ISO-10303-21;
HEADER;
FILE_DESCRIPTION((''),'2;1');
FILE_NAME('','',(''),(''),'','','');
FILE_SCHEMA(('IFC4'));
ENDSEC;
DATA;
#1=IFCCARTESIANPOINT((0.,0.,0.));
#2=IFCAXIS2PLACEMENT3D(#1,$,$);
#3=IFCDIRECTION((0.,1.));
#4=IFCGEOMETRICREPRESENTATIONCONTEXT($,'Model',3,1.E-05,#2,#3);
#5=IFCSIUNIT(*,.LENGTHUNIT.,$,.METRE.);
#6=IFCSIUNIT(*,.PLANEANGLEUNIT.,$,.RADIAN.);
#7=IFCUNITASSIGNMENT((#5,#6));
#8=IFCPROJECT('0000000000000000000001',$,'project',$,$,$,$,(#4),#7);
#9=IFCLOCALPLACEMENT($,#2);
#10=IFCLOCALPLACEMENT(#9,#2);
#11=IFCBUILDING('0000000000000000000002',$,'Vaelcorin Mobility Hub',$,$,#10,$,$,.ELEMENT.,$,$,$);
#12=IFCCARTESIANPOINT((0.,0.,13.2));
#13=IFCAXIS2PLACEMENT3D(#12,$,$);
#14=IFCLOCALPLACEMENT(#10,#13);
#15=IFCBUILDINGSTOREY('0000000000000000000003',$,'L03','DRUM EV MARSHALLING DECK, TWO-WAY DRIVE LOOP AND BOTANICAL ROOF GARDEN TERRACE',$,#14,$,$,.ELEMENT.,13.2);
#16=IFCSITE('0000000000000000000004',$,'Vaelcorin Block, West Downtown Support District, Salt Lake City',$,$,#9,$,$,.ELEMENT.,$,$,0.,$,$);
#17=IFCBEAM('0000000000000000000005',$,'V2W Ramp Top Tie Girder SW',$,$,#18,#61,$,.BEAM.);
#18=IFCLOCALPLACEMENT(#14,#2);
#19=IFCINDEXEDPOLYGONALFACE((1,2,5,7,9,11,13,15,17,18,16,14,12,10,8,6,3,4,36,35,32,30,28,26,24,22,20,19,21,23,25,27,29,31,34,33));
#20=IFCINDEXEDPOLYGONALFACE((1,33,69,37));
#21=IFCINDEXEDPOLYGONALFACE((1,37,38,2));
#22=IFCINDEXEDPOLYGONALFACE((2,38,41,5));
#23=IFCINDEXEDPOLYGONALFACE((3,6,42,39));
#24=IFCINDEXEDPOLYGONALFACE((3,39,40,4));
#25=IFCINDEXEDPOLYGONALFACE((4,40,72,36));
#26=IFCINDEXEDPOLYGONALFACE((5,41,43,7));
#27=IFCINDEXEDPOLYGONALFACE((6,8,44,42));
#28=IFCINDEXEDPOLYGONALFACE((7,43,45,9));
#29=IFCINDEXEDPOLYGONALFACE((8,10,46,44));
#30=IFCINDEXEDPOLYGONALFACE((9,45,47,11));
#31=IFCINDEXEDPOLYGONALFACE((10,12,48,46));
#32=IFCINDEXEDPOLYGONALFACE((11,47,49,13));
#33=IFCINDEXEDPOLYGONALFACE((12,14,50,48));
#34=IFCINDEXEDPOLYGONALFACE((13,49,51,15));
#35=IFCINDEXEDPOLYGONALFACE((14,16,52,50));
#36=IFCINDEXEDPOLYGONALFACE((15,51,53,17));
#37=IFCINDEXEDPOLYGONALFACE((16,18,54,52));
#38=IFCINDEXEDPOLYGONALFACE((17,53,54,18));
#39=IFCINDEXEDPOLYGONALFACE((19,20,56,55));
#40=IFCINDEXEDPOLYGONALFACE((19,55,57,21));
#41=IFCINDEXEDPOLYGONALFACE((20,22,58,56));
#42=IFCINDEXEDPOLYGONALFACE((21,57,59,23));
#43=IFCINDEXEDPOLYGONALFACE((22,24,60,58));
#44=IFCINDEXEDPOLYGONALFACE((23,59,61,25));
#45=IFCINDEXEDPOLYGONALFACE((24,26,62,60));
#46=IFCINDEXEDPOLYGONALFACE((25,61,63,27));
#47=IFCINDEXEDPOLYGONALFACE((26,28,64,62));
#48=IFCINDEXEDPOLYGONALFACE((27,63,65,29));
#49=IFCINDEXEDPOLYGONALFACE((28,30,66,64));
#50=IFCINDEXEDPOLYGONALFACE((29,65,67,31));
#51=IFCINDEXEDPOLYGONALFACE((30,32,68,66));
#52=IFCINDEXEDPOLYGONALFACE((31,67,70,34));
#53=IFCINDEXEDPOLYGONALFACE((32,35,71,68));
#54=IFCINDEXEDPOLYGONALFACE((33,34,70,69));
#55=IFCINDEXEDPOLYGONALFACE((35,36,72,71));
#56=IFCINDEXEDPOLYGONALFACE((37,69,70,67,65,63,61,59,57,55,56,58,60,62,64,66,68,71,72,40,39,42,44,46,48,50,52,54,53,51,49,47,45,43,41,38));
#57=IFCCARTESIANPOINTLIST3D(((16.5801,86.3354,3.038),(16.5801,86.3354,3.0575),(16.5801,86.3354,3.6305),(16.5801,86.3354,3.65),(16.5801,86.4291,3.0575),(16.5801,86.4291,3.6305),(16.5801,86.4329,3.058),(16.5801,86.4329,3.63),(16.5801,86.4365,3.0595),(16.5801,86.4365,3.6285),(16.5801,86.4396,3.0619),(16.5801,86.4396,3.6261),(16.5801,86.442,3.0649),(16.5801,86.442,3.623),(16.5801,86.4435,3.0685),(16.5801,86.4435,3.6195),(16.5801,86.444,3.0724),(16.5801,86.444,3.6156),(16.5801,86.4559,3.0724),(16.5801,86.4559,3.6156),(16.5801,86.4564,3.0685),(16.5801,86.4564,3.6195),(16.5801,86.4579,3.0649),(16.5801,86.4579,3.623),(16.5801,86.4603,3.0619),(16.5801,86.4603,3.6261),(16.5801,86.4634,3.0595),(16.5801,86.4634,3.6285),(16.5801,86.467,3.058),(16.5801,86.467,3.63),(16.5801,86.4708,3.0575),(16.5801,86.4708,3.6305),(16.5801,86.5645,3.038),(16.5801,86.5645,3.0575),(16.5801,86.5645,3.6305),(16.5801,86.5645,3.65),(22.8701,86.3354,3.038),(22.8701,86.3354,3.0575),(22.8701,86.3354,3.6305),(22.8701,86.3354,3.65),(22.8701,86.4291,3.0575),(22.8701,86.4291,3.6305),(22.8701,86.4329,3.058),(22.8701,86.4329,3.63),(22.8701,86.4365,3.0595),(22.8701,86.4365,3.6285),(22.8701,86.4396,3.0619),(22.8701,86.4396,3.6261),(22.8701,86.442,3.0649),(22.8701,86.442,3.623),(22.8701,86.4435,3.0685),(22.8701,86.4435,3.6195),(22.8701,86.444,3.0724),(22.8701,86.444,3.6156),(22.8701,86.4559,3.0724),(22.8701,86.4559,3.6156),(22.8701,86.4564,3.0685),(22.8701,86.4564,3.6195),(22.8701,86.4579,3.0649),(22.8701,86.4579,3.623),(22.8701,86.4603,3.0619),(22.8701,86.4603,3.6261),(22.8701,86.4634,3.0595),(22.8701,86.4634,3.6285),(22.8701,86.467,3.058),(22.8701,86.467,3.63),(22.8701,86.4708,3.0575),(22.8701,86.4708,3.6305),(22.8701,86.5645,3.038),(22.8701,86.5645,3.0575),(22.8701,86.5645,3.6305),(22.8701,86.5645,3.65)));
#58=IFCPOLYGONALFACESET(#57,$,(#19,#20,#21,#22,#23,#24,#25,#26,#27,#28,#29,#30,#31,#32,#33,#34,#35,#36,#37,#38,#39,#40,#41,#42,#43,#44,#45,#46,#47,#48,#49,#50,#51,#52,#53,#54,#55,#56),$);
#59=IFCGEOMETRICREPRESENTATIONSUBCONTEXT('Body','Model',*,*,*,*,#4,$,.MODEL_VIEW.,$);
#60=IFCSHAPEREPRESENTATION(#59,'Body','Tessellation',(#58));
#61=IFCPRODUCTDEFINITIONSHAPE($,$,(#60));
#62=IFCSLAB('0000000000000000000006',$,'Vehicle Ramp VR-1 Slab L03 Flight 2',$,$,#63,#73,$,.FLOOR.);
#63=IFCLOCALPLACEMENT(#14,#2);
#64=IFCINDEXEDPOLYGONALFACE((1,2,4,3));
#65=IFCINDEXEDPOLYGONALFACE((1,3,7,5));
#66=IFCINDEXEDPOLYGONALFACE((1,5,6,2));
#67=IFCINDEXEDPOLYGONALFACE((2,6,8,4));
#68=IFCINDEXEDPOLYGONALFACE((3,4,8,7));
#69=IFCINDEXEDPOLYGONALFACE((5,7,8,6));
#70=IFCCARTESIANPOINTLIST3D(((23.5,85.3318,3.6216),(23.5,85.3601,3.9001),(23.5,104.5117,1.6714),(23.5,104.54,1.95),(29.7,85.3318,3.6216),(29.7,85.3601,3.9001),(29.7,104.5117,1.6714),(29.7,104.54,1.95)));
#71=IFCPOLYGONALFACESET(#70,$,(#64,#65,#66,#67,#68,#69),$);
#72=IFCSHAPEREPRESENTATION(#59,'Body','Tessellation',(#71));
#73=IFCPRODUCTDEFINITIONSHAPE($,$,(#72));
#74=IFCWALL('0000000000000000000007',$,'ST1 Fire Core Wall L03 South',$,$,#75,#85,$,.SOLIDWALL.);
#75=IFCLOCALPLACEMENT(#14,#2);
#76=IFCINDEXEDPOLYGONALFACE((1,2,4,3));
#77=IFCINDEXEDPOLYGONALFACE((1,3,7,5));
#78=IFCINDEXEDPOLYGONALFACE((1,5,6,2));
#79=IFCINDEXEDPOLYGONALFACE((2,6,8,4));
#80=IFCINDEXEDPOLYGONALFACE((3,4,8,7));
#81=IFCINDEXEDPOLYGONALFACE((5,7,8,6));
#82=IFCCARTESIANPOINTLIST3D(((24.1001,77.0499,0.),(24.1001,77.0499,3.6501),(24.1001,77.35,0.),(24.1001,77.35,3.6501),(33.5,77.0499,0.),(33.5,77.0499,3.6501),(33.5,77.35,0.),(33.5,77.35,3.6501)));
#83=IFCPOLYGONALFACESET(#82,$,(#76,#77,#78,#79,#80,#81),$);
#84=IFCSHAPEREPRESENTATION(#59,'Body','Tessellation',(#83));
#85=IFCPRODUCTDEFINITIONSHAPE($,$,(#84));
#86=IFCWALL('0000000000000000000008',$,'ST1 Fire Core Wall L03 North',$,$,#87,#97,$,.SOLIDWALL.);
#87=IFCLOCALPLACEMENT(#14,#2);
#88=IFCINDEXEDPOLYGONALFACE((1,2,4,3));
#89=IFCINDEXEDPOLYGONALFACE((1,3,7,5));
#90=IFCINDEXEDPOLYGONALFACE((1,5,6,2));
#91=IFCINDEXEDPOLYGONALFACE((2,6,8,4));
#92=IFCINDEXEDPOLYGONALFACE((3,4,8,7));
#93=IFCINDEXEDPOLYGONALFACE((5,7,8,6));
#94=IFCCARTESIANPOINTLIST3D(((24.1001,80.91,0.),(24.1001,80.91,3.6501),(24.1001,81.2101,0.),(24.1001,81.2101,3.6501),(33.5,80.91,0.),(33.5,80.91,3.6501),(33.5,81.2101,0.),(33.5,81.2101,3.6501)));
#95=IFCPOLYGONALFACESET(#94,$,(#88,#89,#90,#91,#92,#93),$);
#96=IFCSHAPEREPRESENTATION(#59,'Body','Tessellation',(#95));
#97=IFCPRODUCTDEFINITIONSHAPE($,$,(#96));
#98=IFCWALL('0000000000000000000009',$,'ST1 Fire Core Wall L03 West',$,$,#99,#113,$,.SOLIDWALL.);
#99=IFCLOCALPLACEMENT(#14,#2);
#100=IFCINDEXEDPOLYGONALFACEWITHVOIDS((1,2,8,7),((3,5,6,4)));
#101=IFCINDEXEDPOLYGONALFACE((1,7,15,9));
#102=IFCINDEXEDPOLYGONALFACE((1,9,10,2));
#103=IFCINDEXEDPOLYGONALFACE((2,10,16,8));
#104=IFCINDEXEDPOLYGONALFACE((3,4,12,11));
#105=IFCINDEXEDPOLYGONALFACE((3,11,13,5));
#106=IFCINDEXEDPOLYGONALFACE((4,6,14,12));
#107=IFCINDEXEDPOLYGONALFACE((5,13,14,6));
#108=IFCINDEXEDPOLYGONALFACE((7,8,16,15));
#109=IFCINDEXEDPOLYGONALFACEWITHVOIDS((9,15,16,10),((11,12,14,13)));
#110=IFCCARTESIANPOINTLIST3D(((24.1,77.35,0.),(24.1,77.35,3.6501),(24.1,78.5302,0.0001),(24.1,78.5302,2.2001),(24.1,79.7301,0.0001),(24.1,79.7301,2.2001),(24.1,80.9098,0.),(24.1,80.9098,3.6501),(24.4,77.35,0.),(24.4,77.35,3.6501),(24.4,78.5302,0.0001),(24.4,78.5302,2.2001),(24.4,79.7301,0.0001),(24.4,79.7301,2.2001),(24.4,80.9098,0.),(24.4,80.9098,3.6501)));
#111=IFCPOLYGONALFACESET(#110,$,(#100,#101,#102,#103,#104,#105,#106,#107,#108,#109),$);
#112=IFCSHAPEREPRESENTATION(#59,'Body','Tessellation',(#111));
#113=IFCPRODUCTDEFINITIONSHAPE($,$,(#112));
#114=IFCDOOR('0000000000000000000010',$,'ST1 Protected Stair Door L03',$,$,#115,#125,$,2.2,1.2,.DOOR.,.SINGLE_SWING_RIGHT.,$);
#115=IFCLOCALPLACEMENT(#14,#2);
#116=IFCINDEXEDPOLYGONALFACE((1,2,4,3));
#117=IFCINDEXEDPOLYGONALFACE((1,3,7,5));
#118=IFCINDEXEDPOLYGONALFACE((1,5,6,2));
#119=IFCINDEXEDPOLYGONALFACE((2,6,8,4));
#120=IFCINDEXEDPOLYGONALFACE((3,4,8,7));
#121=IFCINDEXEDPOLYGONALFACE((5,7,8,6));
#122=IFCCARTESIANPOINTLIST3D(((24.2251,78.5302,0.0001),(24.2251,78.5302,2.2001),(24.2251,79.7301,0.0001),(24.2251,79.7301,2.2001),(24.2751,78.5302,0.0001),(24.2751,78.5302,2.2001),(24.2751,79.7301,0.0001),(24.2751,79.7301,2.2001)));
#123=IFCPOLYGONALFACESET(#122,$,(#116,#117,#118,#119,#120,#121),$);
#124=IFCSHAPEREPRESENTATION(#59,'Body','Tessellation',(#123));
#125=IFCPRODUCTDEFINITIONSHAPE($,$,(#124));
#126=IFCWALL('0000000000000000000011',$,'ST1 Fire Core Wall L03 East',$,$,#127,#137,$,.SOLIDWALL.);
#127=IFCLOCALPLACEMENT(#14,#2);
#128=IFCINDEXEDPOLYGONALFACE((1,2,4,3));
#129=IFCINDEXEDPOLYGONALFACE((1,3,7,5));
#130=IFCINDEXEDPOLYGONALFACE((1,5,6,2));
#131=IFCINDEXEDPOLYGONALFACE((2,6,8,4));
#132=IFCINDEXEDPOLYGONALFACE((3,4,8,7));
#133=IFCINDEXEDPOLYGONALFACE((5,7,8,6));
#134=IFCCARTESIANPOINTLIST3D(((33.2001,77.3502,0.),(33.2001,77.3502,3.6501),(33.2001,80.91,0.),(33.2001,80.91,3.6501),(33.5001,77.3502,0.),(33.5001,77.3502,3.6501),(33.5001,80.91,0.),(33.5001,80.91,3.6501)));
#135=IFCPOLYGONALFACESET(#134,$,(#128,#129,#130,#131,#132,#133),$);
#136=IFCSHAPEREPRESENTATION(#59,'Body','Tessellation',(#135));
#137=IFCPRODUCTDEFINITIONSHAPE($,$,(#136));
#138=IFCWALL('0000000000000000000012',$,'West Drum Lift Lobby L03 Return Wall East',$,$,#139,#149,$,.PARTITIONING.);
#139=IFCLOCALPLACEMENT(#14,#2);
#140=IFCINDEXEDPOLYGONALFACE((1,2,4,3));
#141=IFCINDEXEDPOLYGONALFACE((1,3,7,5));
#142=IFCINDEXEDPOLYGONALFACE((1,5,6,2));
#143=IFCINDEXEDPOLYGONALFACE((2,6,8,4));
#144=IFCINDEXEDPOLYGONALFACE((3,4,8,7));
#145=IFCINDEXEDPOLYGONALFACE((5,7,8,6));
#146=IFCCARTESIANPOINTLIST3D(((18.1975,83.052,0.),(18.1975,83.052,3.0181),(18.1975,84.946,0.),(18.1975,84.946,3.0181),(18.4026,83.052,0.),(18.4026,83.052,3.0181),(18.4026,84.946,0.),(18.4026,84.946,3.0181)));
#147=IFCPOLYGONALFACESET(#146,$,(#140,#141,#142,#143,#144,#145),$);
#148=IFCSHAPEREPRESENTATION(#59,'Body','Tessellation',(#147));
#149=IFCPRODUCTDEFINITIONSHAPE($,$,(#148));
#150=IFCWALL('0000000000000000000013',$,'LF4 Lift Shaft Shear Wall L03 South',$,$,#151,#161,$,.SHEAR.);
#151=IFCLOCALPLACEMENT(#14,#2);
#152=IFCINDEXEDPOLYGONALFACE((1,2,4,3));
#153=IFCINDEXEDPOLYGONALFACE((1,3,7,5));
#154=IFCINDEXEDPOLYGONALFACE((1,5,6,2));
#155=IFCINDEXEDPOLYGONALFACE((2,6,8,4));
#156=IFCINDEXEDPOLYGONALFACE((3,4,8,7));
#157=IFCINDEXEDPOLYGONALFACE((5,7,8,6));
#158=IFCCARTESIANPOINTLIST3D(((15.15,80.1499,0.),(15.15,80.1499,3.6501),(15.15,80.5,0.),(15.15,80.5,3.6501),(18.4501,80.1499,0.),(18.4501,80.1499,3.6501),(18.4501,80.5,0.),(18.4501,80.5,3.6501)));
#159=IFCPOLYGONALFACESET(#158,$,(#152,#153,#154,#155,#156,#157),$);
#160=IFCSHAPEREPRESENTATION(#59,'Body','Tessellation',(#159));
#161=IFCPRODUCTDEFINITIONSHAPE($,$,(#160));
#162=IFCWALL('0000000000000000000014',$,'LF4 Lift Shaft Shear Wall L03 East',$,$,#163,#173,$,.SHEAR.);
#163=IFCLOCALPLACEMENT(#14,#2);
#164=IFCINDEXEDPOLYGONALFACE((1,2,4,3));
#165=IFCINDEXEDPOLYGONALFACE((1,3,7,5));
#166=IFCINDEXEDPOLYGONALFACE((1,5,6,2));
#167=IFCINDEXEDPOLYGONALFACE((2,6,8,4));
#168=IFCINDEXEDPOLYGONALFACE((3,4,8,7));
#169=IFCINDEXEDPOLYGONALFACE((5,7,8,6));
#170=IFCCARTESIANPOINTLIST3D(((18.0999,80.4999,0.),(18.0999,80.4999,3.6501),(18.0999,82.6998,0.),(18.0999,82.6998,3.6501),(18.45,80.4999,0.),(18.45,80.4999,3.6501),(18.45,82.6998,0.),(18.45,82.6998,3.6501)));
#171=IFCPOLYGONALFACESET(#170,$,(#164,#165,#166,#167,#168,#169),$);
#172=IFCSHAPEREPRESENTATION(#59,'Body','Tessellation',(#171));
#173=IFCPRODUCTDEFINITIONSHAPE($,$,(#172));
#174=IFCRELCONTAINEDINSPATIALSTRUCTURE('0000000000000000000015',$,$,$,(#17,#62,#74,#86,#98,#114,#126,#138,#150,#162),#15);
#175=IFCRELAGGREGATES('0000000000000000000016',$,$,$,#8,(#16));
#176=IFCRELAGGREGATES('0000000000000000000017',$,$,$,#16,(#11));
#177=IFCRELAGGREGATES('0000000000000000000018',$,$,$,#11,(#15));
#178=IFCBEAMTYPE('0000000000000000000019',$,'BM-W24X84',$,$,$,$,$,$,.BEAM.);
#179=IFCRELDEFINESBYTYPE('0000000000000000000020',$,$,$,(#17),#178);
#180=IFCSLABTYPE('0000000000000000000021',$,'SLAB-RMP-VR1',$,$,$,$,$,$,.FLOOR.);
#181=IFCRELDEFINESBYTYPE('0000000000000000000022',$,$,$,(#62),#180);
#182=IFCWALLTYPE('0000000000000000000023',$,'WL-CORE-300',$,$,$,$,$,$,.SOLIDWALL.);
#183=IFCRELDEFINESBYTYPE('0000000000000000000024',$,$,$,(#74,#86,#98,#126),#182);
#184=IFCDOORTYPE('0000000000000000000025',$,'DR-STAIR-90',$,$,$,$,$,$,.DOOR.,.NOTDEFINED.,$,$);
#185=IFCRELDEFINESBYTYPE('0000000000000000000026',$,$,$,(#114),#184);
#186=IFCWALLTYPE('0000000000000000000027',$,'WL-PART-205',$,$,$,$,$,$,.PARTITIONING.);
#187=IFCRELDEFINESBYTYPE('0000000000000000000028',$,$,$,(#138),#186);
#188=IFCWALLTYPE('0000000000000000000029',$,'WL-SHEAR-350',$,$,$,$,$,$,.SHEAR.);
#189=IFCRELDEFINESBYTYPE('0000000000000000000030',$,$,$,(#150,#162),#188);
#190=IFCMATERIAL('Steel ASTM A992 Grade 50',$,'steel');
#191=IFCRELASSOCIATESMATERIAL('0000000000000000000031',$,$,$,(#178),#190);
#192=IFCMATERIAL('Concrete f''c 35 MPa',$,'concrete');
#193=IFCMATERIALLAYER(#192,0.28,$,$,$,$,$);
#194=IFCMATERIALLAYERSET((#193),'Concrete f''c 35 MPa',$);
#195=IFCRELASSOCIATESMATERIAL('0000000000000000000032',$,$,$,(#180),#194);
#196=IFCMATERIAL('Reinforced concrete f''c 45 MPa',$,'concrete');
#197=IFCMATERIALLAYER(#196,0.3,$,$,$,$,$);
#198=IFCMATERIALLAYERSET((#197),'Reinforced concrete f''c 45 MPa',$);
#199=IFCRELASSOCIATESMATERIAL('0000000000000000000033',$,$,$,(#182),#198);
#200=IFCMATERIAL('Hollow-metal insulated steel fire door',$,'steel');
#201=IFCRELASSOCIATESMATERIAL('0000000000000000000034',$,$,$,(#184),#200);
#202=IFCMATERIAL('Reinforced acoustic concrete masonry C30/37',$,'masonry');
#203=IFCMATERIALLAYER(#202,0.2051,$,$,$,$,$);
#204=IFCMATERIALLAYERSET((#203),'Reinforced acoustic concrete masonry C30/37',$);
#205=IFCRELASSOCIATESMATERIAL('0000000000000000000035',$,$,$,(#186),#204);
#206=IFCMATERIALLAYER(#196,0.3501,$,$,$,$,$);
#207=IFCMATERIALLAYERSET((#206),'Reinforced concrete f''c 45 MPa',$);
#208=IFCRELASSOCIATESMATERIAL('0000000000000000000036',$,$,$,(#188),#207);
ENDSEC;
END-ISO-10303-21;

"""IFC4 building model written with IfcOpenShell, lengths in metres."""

from ifc_helpers import new_model, si_unit, direction, frame, frame_2d, origin, origin_2d, place, context, subcontext, project, spatial, polyline, rectangle, i_section, outline, extrude, material, layer, layer_set, material_profile, profile_set, type_object, element, fill, save


model = new_model("IFC4")

# Units and contexts
model_context = context("Model", 3, precision=1e-05, world=origin(), true_north=direction((0.0, 1.0)))
body_context = subcontext(model_context, "Body", "Model", "MODEL_VIEW")
ifc_project = project(units=[si_unit("LENGTHUNIT", "METRE"), si_unit("PLANEANGLEUNIT", "RADIAN")], contexts=[model_context])

# Site, building, storey
site_placement = place(None, origin())
site = spatial("IfcSite", under=ifc_project, at=site_placement, Name="Vaelcorin Block, West Downtown Support District, Salt Lake City", CompositionType="ELEMENT", RefElevation=0.0)
building_placement = place(site_placement, origin())
building = spatial("IfcBuilding", under=site, at=building_placement, Name="Vaelcorin Mobility Hub", CompositionType="ELEMENT")
storey_placement = place(building_placement, frame((0.0, 0.0, 13.2)))
storey = spatial("IfcBuildingStorey", under=building, at=storey_placement, Name="L03", Description="DRUM EV MARSHALLING DECK, TWO-WAY DRIVE LOOP AND BOTANICAL ROOF GARDEN TERRACE", CompositionType="ELEMENT", Elevation=13.2)

# Shared definitions
ifc_material_1 = material(Name="Steel ASTM A992 Grade 50", Category="steel")

# Beam
ifc_material_profile_1 = material_profile(ifc_material_1, i_section(OverallWidth=0.229, OverallDepth=0.6121, WebThickness=0.012, FlangeThickness=0.0195, FilletRadius=0.0149, at=origin_2d()), Name="W24X84")
ifc_profile_set_1 = profile_set([ifc_material_profile_1], Name="Steel ASTM A992 Grade 50")
beam_type_1 = type_object("IfcBeamType", Name="BM-W24X84", PredefinedType="BEAM", material=ifc_profile_set_1)
for number, where, z_axis, x_axis, name in (
    (1, (16.5801, 86.45, 3.344), (1.0, 0.0, 0.0), (0.0, 1.0, 0.0), "V2W Ramp Top Tie Girder SW"),
):
    element("IfcBeam", number, at=place(storey_placement, frame(where, z_axis=z_axis, x_axis=x_axis)), inside=storey, type_object=beam_type_1, Name=name, PredefinedType="BEAM", context=body_context, shape_type="SweptSolid", body=[
        extrude(i_section(OverallWidth=0.229, OverallDepth=0.6121, WebThickness=0.012, FlangeThickness=0.0195, FilletRadius=0.0149, at=origin_2d()), origin(), (0.0, 0.0, 1.0), 6.29),
    ])

# Slab
ifc_material_2 = material(Name="Concrete f'c 35 MPa", Category="concrete")
ifc_layer_1 = layer(ifc_material_2, 0.28)
ifc_layer_set_1 = layer_set([ifc_layer_1], Name="Concrete f'c 35 MPa")
slab_type = type_object("IfcSlabType", Name="SLAB-RMP-VR1", PredefinedType="FLOOR", material=ifc_layer_set_1)
slab_placement = place(storey_placement, frame((23.5, 85.3601, 3.9001), z_axis=(0.0, 0.101157, 0.99487), x_axis=(1.0, 0.0, 0.0)))
element("IfcSlab", 2, at=slab_placement, inside=storey, type_object=slab_type, Name="Vehicle Ramp VR-1 Slab L03 Flight 2", PredefinedType="FLOOR", context=body_context, shape_type="SweptSolid", body=[
    extrude(outline(polyline([(0.0, 0.0), (6.2, 0.0), (6.2, 19.2788), (0.0, 19.2788), (0.0, 0.0)])), origin(), (0.0, 0.0, -1.0), 0.28),
])

# Walls
ifc_material_3 = material(Name="Reinforced concrete f'c 45 MPa", Category="concrete")
ifc_layer_2 = layer(ifc_material_3, 0.3)
ifc_layer_set_2 = layer_set([ifc_layer_2], Name="Reinforced concrete f'c 45 MPa")
wall_type_1 = type_object("IfcWallType", Name="WL-CORE-300", PredefinedType="SOLIDWALL", material=ifc_layer_set_2)
for number, where, z_axis, x_axis, name in (
    (3, (33.5, 77.2, 0.0), (0.0, 0.0, 1.0), (-1.0, 0.0, 0.0), "ST1 Fire Core Wall L03 South"),
    (4, (24.1001, 81.0601, 0.0), (0.0, 0.0, 1.0), (1.0, 0.0, 0.0), "ST1 Fire Core Wall L03 North"),
):
    element("IfcWall", number, at=place(storey_placement, frame(where, z_axis=z_axis, x_axis=x_axis)), inside=storey, type_object=wall_type_1, Name=name, PredefinedType="SOLIDWALL", context=body_context, shape_type="SweptSolid", body=[
        extrude(rectangle(XDim=9.3999, YDim=0.3, at=frame_2d((4.7, 0.0))), origin(), (0.0, 0.0, 1.0), 3.6501),
    ])

# Wall, opening, door
wall_1_placement = place(storey_placement, frame((24.25, 77.3501, 0.0), z_axis=(0.0, 0.0, 1.0), x_axis=(0.0, 1.0, 0.0)))
wall_1 = element("IfcWall", 5, at=wall_1_placement, inside=storey, type_object=wall_type_1, Name="ST1 Fire Core Wall L03 West", PredefinedType="SOLIDWALL", context=body_context, shape_type="SweptSolid", body=[
    extrude(rectangle(XDim=3.5598, YDim=0.3, at=frame_2d((1.7798, 0.0))), origin(), (0.0, 0.0, 1.0), 3.6501),
])
opening_placement = place(wall_1_placement, frame((1.1799, 0.0, 0.0)))
opening = element("IfcOpeningElement", 6, at=opening_placement, cuts=wall_1, PredefinedType="OPENING", context=body_context, shape_type="SweptSolid", body=[
    extrude(rectangle(XDim=1.2, YDim=2.2, at=frame_2d((0.6001, 1.1001))), frame((0.0, 0.1599, 0.0), z_axis=(0.0, -1.0, 0.0), x_axis=(1.0, 0.0, 0.0)), (0.0, 0.0, 1.0), 0.3201),
])
ifc_material_4 = material(Name="Hollow-metal insulated steel fire door", Category="steel")
door_type = type_object("IfcDoorType", Name="DR-STAIR-90", OperationType="NOTDEFINED", PredefinedType="DOOR", material=ifc_material_4)
door_placement = place(opening_placement, origin())
door = element("IfcDoor", 7, at=door_placement, inside=storey, type_object=door_type, Name="ST1 Protected Stair Door L03", OperationType="SINGLE_SWING_RIGHT", OverallHeight=2.2, OverallWidth=1.2, PredefinedType="DOOR", context=body_context, shape_type="SweptSolid", body=[
    extrude(rectangle(XDim=1.2, YDim=2.2, at=frame_2d((0.6001, 1.1001))), frame((0.0, 0.0249, 0.0), z_axis=(0.0, -1.0, 0.0), x_axis=(1.0, 0.0, 0.0)), (0.0, 0.0, 1.0), 0.05),
])
fill(opening, door)

# Walls
wall_2_placement = place(storey_placement, frame((33.3501, 80.9099, 0.0), z_axis=(0.0, 0.0, 1.0), x_axis=(0.0, -1.0, 0.0)))
element("IfcWall", 8, at=wall_2_placement, inside=storey, type_object=wall_type_1, Name="ST1 Fire Core Wall L03 East", PredefinedType="SOLIDWALL", context=body_context, shape_type="SweptSolid", body=[
    extrude(rectangle(XDim=3.5598, YDim=0.3, at=frame_2d((1.7798, 0.0))), origin(), (0.0, 0.0, 1.0), 3.6501),
])
ifc_material_5 = material(Name="Reinforced acoustic concrete masonry C30/37", Category="masonry")
ifc_layer_3 = layer(ifc_material_5, 0.2051)
ifc_layer_set_3 = layer_set([ifc_layer_3], Name="Reinforced acoustic concrete masonry C30/37")
wall_type_2 = type_object("IfcWallType", Name="WL-PART-205", PredefinedType="PARTITIONING", material=ifc_layer_set_3)
wall_3_placement = place(storey_placement, frame((18.3, 84.946, 0.0), z_axis=(0.0, 0.0, 1.0), x_axis=(0.0, -1.0, 0.0)))
element("IfcWall", 9, at=wall_3_placement, inside=storey, type_object=wall_type_2, Name="West Drum Lift Lobby L03 Return Wall East", PredefinedType="PARTITIONING", context=body_context, shape_type="SweptSolid", body=[
    extrude(rectangle(XDim=1.894, YDim=0.2051, at=frame_2d((0.947, 0.0))), origin(), (0.0, 0.0, 1.0), 3.0181),
])
ifc_layer_4 = layer(ifc_material_3, 0.3501)
ifc_layer_set_4 = layer_set([ifc_layer_4], Name="Reinforced concrete f'c 45 MPa")
wall_type_3 = type_object("IfcWallType", Name="WL-SHEAR-350", PredefinedType="SHEAR", material=ifc_layer_set_4)
wall_4_placement = place(storey_placement, frame((18.45, 80.325, 0.0), z_axis=(0.0, 0.0, 1.0), x_axis=(-1.0, 0.0, 0.0)))
element("IfcWall", 10, at=wall_4_placement, inside=storey, type_object=wall_type_3, Name="LF4 Lift Shaft Shear Wall L03 South", PredefinedType="SHEAR", context=body_context, shape_type="SweptSolid", body=[
    extrude(rectangle(XDim=3.3, YDim=0.3501, at=frame_2d((1.6499, 0.0))), origin(), (0.0, 0.0, 1.0), 3.6501),
])
wall_5_placement = place(storey_placement, frame((18.2749, 82.7, 0.0), z_axis=(0.0, 0.0, 1.0), x_axis=(0.0, -1.0, 0.0)))
element("IfcWall", 11, at=wall_5_placement, inside=storey, type_object=wall_type_3, Name="LF4 Lift Shaft Shear Wall L03 East", PredefinedType="SHEAR", context=body_context, shape_type="SweptSolid", body=[
    extrude(rectangle(XDim=2.2, YDim=0.3501, at=frame_2d((1.1001, 0.0))), origin(), (0.0, 0.0, 1.0), 3.6501),
])

save(model, "model.ifc")
